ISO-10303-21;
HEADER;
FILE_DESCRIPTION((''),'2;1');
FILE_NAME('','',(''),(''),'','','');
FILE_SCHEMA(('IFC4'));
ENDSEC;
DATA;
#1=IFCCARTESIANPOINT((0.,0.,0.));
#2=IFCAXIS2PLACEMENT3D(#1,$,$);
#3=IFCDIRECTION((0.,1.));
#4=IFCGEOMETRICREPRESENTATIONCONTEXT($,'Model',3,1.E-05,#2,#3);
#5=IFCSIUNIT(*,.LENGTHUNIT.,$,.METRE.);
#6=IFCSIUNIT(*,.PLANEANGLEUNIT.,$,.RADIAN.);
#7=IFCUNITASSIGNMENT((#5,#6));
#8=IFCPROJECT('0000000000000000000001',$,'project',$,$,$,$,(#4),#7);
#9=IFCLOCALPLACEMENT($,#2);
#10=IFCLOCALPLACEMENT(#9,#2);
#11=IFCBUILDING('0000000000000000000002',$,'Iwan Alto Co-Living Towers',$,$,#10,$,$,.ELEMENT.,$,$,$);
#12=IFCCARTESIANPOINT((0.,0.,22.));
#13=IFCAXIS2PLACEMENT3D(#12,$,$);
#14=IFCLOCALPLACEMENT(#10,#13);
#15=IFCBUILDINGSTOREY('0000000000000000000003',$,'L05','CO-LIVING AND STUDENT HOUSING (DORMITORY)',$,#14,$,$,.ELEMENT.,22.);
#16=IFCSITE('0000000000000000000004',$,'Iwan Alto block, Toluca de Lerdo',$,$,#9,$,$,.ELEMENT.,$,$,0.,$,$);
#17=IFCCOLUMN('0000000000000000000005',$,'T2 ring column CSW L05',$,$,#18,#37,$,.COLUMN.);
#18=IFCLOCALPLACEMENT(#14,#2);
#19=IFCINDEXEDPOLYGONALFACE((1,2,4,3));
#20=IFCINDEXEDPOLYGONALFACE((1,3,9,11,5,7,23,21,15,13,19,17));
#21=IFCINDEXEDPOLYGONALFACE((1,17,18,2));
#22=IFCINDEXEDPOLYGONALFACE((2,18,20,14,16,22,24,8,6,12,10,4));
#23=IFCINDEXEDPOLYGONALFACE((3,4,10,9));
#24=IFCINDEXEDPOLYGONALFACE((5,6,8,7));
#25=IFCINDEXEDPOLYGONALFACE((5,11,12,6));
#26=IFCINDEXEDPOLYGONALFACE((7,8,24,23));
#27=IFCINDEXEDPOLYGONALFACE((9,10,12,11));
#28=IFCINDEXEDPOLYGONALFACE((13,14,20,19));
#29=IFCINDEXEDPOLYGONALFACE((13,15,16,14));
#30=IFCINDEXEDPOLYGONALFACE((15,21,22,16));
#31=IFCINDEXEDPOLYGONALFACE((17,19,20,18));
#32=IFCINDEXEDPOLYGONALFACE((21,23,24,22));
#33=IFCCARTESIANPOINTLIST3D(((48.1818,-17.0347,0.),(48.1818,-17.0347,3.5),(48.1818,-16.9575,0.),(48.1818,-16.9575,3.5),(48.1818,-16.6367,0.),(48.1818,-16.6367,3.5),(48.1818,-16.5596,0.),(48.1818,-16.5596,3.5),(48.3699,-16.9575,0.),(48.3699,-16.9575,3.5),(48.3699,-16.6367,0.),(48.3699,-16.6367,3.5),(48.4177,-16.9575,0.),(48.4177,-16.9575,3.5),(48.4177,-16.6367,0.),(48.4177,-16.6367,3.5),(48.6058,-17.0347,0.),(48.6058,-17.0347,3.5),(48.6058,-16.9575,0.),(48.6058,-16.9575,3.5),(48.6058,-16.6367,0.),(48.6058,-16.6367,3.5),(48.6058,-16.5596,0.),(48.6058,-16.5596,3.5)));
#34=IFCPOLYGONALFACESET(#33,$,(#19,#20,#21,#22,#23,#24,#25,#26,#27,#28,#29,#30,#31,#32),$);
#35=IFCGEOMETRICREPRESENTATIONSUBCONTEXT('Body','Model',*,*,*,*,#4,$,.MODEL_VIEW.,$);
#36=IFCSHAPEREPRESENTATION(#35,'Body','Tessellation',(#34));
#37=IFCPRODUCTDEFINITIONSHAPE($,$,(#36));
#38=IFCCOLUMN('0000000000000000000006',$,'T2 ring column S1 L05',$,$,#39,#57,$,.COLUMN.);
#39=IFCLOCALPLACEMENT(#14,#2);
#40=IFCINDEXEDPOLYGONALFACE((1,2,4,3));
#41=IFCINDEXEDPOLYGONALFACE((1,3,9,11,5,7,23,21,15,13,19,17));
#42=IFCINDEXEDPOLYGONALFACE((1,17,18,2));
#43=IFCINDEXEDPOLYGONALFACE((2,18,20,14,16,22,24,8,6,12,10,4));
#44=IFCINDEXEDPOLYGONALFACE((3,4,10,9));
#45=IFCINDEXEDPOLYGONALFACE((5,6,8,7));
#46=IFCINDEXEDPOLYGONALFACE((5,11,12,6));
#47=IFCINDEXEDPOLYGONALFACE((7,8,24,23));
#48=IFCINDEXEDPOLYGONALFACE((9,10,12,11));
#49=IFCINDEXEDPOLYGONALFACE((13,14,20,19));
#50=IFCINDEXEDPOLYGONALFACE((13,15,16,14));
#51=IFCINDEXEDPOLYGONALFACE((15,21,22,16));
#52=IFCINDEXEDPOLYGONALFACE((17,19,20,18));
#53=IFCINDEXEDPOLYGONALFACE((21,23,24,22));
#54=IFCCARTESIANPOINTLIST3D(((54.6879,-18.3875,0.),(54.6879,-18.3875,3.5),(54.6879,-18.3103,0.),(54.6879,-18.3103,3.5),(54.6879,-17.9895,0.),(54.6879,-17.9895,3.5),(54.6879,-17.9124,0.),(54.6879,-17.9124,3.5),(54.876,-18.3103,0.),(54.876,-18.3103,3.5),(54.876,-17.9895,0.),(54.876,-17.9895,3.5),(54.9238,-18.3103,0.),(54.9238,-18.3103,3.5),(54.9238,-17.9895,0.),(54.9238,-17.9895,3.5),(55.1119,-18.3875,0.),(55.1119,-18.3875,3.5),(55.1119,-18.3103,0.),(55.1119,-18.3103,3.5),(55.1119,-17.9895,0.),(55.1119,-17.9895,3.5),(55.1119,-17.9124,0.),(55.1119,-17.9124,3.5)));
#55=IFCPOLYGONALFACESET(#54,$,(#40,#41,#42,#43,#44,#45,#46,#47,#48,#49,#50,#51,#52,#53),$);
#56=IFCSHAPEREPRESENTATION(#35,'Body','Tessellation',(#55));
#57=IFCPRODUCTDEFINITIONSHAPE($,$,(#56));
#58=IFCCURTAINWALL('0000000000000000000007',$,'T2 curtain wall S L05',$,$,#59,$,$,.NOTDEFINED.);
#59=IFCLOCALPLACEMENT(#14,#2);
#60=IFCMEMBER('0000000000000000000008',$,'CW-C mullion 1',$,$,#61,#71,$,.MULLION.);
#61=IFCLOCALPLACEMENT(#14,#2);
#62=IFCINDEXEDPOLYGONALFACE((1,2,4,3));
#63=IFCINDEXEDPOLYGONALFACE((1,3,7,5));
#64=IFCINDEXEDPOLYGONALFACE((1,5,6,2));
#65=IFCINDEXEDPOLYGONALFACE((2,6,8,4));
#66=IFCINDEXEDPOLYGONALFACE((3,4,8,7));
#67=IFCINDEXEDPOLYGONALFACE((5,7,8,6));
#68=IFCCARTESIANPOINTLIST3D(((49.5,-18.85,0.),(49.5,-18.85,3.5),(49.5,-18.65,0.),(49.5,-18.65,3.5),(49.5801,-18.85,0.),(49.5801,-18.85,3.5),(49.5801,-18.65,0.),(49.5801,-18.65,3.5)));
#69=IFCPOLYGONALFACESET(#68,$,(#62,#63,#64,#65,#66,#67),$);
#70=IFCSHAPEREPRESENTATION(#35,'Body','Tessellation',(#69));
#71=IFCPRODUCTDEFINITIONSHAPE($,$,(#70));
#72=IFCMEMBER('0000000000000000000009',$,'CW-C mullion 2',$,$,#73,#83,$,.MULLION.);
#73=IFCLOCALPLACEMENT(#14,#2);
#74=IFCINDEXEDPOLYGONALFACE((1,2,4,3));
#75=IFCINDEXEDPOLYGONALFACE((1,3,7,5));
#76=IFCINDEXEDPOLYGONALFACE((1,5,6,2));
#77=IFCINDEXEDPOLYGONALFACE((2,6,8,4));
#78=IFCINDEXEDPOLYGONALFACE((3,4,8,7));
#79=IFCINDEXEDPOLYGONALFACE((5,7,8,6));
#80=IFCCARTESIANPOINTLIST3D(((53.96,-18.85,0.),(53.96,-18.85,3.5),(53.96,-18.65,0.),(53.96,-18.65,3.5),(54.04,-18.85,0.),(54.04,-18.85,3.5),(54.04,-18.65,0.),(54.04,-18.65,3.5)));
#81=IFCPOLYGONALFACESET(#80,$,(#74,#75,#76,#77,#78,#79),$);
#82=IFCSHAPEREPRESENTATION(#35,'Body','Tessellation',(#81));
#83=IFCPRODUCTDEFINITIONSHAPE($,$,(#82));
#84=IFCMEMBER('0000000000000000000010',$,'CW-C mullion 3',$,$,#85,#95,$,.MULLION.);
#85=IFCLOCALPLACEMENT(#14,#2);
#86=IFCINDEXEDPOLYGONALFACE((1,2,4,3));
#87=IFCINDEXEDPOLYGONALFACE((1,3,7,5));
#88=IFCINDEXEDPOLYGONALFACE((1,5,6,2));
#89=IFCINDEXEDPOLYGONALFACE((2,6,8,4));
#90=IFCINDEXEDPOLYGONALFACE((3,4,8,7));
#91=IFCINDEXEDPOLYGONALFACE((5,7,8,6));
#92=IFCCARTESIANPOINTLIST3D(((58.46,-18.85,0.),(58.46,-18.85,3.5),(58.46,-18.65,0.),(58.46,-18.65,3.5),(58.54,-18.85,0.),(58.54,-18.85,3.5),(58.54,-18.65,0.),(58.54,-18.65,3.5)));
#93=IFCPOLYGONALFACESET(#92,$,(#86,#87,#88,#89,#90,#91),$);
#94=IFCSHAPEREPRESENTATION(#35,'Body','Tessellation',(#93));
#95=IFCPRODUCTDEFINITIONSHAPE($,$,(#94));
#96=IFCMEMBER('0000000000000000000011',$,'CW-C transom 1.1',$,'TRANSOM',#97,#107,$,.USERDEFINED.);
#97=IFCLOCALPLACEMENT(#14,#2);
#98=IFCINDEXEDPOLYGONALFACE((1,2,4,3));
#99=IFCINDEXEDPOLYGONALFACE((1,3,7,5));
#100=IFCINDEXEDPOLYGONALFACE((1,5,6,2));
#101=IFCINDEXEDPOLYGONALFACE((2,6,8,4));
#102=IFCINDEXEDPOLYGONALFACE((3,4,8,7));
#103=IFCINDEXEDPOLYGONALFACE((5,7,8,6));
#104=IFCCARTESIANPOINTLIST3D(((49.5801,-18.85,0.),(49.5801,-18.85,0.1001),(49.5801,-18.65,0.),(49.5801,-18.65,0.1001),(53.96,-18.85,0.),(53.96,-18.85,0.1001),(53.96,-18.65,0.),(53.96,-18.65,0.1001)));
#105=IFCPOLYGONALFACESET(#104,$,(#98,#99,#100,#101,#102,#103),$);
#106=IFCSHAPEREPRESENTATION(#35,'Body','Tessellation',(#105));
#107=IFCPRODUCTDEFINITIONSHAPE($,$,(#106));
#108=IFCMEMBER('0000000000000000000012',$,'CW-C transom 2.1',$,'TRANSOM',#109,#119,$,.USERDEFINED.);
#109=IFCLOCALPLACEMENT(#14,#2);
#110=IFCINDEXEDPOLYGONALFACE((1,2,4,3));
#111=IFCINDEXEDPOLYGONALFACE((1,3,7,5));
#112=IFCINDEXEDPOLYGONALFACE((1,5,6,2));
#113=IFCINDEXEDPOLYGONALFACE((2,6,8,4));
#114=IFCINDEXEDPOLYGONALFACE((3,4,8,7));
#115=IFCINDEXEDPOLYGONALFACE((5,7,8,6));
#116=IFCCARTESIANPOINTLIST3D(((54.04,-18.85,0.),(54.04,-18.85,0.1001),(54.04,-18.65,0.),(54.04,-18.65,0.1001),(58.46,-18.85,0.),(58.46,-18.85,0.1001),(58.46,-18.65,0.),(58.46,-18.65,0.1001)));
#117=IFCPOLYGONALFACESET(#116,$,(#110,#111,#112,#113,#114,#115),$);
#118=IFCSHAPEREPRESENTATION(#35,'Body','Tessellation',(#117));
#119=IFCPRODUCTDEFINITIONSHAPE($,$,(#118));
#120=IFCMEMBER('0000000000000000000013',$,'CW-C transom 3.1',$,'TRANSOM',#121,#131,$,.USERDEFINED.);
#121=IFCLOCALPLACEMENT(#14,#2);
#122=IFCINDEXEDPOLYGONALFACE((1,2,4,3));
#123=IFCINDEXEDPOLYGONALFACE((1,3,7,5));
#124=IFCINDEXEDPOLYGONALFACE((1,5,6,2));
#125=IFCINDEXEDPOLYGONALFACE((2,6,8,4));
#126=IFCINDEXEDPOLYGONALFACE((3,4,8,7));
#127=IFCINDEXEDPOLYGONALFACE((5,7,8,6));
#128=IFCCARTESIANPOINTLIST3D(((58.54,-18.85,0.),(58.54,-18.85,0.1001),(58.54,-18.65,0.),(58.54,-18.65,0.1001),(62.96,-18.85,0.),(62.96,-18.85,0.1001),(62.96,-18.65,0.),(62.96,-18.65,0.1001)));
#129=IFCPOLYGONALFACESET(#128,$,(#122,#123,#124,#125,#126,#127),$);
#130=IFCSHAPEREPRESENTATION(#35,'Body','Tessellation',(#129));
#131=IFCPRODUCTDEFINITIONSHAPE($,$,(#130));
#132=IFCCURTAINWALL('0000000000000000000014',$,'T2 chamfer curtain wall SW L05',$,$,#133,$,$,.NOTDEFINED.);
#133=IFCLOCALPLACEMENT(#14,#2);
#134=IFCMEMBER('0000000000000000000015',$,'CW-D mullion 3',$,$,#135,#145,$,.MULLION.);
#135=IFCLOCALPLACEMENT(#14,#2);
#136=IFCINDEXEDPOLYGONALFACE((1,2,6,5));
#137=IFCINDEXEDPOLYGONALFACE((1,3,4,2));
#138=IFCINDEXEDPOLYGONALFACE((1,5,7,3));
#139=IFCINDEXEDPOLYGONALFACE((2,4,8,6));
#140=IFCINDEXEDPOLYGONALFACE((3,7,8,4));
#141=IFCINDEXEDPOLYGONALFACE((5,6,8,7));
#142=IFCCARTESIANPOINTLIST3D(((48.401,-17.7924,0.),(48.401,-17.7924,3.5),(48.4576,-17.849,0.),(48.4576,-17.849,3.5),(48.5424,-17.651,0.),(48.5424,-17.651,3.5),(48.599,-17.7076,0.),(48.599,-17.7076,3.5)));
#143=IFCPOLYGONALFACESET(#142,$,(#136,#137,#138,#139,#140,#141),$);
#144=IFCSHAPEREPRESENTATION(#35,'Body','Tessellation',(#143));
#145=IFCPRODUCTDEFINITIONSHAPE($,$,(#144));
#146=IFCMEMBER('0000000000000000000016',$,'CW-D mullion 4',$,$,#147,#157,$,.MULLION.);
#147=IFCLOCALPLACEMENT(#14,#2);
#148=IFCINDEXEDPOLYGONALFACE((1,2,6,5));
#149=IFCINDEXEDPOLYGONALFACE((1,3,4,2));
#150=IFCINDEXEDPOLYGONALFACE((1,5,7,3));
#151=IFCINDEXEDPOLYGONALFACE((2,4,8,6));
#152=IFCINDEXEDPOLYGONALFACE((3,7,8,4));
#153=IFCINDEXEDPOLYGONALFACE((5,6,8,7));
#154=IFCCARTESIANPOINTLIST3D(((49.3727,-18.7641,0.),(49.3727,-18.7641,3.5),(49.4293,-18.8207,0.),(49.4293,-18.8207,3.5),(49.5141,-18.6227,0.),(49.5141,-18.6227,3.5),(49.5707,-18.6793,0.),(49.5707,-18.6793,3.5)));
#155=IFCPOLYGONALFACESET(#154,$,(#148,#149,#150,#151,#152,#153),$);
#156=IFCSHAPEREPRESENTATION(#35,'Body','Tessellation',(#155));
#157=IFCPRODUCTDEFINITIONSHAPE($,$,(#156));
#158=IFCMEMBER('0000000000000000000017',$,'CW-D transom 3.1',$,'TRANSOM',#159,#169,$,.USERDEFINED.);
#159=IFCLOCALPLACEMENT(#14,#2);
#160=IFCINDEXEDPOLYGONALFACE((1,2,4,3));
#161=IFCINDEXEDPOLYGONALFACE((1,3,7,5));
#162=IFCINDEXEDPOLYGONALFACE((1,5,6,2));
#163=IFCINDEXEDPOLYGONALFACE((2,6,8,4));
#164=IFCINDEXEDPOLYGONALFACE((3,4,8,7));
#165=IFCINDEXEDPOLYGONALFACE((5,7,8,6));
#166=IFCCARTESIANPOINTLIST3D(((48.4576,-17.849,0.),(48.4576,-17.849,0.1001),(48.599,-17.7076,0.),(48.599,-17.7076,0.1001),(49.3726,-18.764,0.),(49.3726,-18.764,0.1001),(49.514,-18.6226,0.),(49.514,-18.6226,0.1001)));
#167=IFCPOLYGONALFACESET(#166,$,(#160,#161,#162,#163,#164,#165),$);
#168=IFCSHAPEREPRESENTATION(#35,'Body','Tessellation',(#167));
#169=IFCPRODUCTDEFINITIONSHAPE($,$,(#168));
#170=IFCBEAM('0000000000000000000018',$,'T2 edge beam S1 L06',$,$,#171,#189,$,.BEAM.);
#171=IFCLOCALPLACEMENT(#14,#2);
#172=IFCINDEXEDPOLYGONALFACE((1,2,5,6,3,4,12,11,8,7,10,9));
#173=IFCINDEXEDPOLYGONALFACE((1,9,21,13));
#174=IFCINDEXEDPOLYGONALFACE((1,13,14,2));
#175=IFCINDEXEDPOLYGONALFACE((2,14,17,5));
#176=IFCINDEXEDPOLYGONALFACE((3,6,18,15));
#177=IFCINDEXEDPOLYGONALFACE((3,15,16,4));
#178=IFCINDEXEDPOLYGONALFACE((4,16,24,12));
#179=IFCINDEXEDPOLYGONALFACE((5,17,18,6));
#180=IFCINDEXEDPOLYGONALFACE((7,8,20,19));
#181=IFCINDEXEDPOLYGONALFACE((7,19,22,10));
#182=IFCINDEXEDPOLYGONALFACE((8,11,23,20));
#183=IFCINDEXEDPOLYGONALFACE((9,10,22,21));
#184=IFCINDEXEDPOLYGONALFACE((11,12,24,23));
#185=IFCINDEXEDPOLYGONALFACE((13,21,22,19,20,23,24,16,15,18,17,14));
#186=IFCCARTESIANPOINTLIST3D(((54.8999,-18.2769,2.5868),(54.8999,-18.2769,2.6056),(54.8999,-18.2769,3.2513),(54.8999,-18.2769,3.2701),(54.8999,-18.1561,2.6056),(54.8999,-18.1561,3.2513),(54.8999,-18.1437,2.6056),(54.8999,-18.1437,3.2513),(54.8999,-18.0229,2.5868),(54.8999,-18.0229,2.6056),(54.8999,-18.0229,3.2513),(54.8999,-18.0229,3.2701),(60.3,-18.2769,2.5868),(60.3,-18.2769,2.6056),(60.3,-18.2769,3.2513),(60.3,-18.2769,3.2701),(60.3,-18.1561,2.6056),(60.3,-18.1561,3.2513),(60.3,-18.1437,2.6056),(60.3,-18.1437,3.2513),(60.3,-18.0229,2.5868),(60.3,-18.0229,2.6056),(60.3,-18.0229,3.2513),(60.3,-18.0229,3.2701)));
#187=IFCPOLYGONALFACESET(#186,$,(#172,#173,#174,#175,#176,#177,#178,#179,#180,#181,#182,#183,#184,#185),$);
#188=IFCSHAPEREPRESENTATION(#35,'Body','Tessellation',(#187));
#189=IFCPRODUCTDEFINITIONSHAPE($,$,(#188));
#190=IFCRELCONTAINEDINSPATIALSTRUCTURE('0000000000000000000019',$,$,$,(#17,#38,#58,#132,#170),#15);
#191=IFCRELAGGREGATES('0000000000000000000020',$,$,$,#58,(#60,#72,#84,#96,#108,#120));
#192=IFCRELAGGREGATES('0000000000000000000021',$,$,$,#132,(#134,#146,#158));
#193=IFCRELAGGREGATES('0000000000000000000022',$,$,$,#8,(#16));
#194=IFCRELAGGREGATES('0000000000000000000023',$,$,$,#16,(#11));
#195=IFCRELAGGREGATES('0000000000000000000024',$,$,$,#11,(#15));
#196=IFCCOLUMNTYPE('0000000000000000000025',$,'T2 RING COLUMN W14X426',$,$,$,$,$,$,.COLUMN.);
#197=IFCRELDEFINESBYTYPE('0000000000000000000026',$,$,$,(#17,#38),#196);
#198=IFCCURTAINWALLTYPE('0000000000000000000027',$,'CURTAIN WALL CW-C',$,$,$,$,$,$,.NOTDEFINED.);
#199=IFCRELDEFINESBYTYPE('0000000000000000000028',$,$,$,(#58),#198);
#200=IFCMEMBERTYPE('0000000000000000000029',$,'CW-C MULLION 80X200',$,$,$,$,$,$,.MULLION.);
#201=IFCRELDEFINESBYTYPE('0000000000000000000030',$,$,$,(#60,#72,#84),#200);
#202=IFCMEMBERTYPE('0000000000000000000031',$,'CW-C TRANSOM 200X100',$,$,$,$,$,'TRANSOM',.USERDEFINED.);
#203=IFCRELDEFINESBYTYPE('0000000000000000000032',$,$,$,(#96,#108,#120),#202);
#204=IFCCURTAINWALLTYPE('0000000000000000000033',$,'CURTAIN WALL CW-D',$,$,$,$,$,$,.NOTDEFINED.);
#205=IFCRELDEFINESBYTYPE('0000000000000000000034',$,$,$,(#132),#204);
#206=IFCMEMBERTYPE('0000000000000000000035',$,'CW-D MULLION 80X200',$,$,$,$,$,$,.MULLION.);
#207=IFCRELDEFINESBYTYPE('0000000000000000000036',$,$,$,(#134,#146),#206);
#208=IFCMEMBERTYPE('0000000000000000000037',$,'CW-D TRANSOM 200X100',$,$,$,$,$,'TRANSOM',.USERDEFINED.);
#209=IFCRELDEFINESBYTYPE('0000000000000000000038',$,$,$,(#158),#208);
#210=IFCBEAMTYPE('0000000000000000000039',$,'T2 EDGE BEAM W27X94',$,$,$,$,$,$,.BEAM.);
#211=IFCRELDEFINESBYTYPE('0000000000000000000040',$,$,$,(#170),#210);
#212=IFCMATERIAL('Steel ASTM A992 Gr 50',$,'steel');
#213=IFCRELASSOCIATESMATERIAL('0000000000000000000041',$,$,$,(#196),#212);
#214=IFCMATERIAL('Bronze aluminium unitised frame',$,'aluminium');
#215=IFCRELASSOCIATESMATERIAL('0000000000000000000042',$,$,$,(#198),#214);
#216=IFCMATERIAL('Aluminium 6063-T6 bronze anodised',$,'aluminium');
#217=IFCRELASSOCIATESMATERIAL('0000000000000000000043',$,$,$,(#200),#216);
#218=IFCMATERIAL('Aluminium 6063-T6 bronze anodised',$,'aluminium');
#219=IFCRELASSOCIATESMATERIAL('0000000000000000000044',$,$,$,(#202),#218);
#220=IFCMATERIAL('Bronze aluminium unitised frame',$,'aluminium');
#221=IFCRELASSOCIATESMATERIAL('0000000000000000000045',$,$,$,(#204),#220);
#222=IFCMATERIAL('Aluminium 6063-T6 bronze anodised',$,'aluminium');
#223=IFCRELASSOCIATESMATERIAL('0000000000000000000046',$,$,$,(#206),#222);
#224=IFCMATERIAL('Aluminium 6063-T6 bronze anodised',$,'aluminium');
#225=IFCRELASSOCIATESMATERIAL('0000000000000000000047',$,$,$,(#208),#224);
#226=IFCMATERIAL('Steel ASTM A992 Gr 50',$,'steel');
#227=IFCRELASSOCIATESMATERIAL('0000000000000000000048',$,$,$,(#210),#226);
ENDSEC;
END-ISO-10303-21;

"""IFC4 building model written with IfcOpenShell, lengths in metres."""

from ifc_helpers import new_model, si_unit, direction, frame, origin, origin_2d, place, context, subcontext, project, spatial, rectangle, i_section, extrude, material, material_profile, profile_set, type_object, element, aggregate, save


model = new_model("IFC4")

# Units and contexts
model_context = context("Model", 3, precision=1e-05, world=origin(), true_north=direction((0.0, 1.0)))
body_context = subcontext(model_context, "Body", "Model", "MODEL_VIEW")
ifc_project = project(units=[si_unit("LENGTHUNIT", "METRE"), si_unit("PLANEANGLEUNIT", "RADIAN")], contexts=[model_context])

# Site, building, storey
site_placement = place(None, origin())
site = spatial("IfcSite", under=ifc_project, at=site_placement, Name="Iwan Alto block, Toluca de Lerdo", CompositionType="ELEMENT", RefElevation=0.0)
building_placement = place(site_placement, origin())
building = spatial("IfcBuilding", under=site, at=building_placement, Name="Iwan Alto Co-Living Towers", CompositionType="ELEMENT")
storey_placement = place(building_placement, frame((0.0, 0.0, 22.0)))
storey = spatial("IfcBuildingStorey", under=building, at=storey_placement, Name="L05", Description="CO-LIVING AND STUDENT HOUSING (DORMITORY)", CompositionType="ELEMENT", Elevation=22.0)

# Columns
ifc_material_1 = material(Name="Steel ASTM A992 Gr 50", Category="steel")
ifc_material_profile_1 = material_profile(ifc_material_1, i_section(OverallWidth=0.4241, OverallDepth=0.4751, WebThickness=0.0479, FlangeThickness=0.0771, at=origin_2d()), Name="W14X426")
ifc_profile_set_1 = profile_set([ifc_material_profile_1], Name="Steel ASTM A992 Gr 50")
column_type = type_object("IfcColumnType", Name="T2 RING COLUMN W14X426", PredefinedType="COLUMN", material=ifc_profile_set_1)
for number, where, z_axis, x_axis, name in (
    (1, (48.3938, -16.7971, 0.0), (0.0, 0.0, 1.0), (1.0, 0.0, 0.0), "T2 ring column CSW L05"),
    (2, (54.8999, -18.1499, 0.0), (0.0, 0.0, 1.0), (1.0, 0.0, 0.0), "T2 ring column S1 L05"),
):
    element("IfcColumn", number, at=place(storey_placement, frame(where, z_axis=z_axis, x_axis=x_axis)), inside=storey, type_object=column_type, Name=name, PredefinedType="COLUMN", context=body_context, shape_type="SweptSolid", body=[
        extrude(i_section(OverallWidth=0.4241, OverallDepth=0.4751, WebThickness=0.0479, FlangeThickness=0.0771, at=origin_2d()), origin(), (0.0, 0.0, 1.0), 3.5),
    ])

# Curtain walls, members
ifc_material_2 = material(Name="Bronze aluminium unitised frame", Category="aluminium")
curtain_wall_type_1 = type_object("IfcCurtainWallType", Name="CURTAIN WALL CW-C", PredefinedType="NOTDEFINED", material=ifc_material_2)
curtain_wall_1_placement = place(storey_placement, origin())
curtain_wall_1 = element("IfcCurtainWall", 3, at=curtain_wall_1_placement, inside=storey, type_object=curtain_wall_type_1, Name="T2 curtain wall S L05", PredefinedType="NOTDEFINED")
ifc_material_3 = material(Name="Aluminium 6063-T6 bronze anodised", Category="aluminium")
ifc_material_profile_2 = material_profile(ifc_material_3, rectangle(XDim=0.2, YDim=0.0801, at=origin_2d()), Name="AL 80X200")
ifc_profile_set_2 = profile_set([ifc_material_profile_2], Name="Aluminium 6063-T6 bronze anodised")
member_type_1 = type_object("IfcMemberType", Name="CW-C MULLION 80X200", PredefinedType="MULLION", material=ifc_profile_set_2)
member_1_placement = place(storey_placement, frame((49.54, -18.75, 0.0), z_axis=(0.0, 0.0, 1.0), x_axis=(0.0, 1.0, 0.0)))
member_1 = element("IfcMember", 4, at=member_1_placement, type_object=member_type_1, Name="CW-C mullion 1", PredefinedType="MULLION", context=body_context, shape_type="SweptSolid", body=[
    extrude(rectangle(XDim=0.2, YDim=0.0801, at=origin_2d()), origin(), (0.0, 0.0, 1.0), 3.5),
])
member_2_placement = place(storey_placement, frame((54.0, -18.75, 0.0), z_axis=(0.0, 0.0, 1.0), x_axis=(0.0, 1.0, 0.0)))
member_2 = element("IfcMember", 5, at=member_2_placement, type_object=member_type_1, Name="CW-C mullion 2", PredefinedType="MULLION", context=body_context, shape_type="SweptSolid", body=[
    extrude(rectangle(XDim=0.2, YDim=0.0801, at=origin_2d()), origin(), (0.0, 0.0, 1.0), 3.5),
])
member_3_placement = place(storey_placement, frame((58.5, -18.75, 0.0), z_axis=(0.0, 0.0, 1.0), x_axis=(0.0, 1.0, 0.0)))
member_3 = element("IfcMember", 6, at=member_3_placement, type_object=member_type_1, Name="CW-C mullion 3", PredefinedType="MULLION", context=body_context, shape_type="SweptSolid", body=[
    extrude(rectangle(XDim=0.2, YDim=0.0801, at=origin_2d()), origin(), (0.0, 0.0, 1.0), 3.5),
])
ifc_material_4 = material(Name="Aluminium 6063-T6 bronze anodised", Category="aluminium")
ifc_material_profile_3 = material_profile(ifc_material_4, rectangle(XDim=0.2, YDim=0.1001, at=origin_2d()), Name="AL 200X100")
ifc_profile_set_3 = profile_set([ifc_material_profile_3], Name="Aluminium 6063-T6 bronze anodised")
member_type_2 = type_object("IfcMemberType", Name="CW-C TRANSOM 200X100", ElementType="TRANSOM", PredefinedType="USERDEFINED", material=ifc_profile_set_3)
member_4_placement = place(storey_placement, frame((49.5801, -18.75, 0.05), z_axis=(1.0, 0.0, 0.0), x_axis=(0.0, 1.0, 0.0)))
member_4 = element("IfcMember", 7, at=member_4_placement, type_object=member_type_2, Name="CW-C transom 1.1", ObjectType="TRANSOM", PredefinedType="USERDEFINED", context=body_context, shape_type="SweptSolid", body=[
    extrude(rectangle(XDim=0.2, YDim=0.1001, at=origin_2d()), origin(), (0.0, 0.0, 1.0), 4.3799),
])
member_5_placement = place(storey_placement, frame((54.04, -18.75, 0.05), z_axis=(1.0, 0.0, 0.0), x_axis=(0.0, 1.0, 0.0)))
member_5 = element("IfcMember", 8, at=member_5_placement, type_object=member_type_2, Name="CW-C transom 2.1", ObjectType="TRANSOM", PredefinedType="USERDEFINED", context=body_context, shape_type="SweptSolid", body=[
    extrude(rectangle(XDim=0.2, YDim=0.1001, at=origin_2d()), origin(), (0.0, 0.0, 1.0), 4.4199),
])
member_6_placement = place(storey_placement, frame((58.54, -18.75, 0.05), z_axis=(1.0, 0.0, 0.0), x_axis=(0.0, 1.0, 0.0)))
member_6 = element("IfcMember", 9, at=member_6_placement, type_object=member_type_2, Name="CW-C transom 3.1", ObjectType="TRANSOM", PredefinedType="USERDEFINED", context=body_context, shape_type="SweptSolid", body=[
    extrude(rectangle(XDim=0.2, YDim=0.1001, at=origin_2d()), origin(), (0.0, 0.0, 1.0), 4.4199),
])
ifc_material_5 = material(Name="Bronze aluminium unitised frame", Category="aluminium")
curtain_wall_type_2 = type_object("IfcCurtainWallType", Name="CURTAIN WALL CW-D", PredefinedType="NOTDEFINED", material=ifc_material_5)
curtain_wall_2_placement = place(storey_placement, origin())
curtain_wall_2 = element("IfcCurtainWall", 10, at=curtain_wall_2_placement, inside=storey, type_object=curtain_wall_type_2, Name="T2 chamfer curtain wall SW L05", PredefinedType="NOTDEFINED")
ifc_material_6 = material(Name="Aluminium 6063-T6 bronze anodised", Category="aluminium")
ifc_material_profile_4 = material_profile(ifc_material_6, rectangle(XDim=0.2, YDim=0.0801, at=origin_2d()), Name="AL 80X200")
ifc_profile_set_4 = profile_set([ifc_material_profile_4], Name="Aluminium 6063-T6 bronze anodised")
member_type_3 = type_object("IfcMemberType", Name="CW-D MULLION 80X200", PredefinedType="MULLION", material=ifc_profile_set_4)
member_7_placement = place(storey_placement, frame((48.5, -17.75, 0.0), z_axis=(0.0, 0.0, 1.0), x_axis=(0.707107, 0.707107, 0.0)))
member_7 = element("IfcMember", 11, at=member_7_placement, type_object=member_type_3, Name="CW-D mullion 3", PredefinedType="MULLION", context=body_context, shape_type="SweptSolid", body=[
    extrude(rectangle(XDim=0.2, YDim=0.0801, at=origin_2d()), origin(), (0.0, 0.0, 1.0), 3.5),
])
member_8_placement = place(storey_placement, frame((49.4717, -18.7217, 0.0), z_axis=(0.0, 0.0, 1.0), x_axis=(0.707107, 0.707107, 0.0)))
member_8 = element("IfcMember", 12, at=member_8_placement, type_object=member_type_3, Name="CW-D mullion 4", PredefinedType="MULLION", context=body_context, shape_type="SweptSolid", body=[
    extrude(rectangle(XDim=0.2, YDim=0.0801, at=origin_2d()), origin(), (0.0, 0.0, 1.0), 3.5),
])
ifc_material_7 = material(Name="Aluminium 6063-T6 bronze anodised", Category="aluminium")
ifc_material_profile_5 = material_profile(ifc_material_7, rectangle(XDim=0.2, YDim=0.1001, at=origin_2d()), Name="AL 200X100")
ifc_profile_set_5 = profile_set([ifc_material_profile_5], Name="Aluminium 6063-T6 bronze anodised")
member_type_4 = type_object("IfcMemberType", Name="CW-D TRANSOM 200X100", ElementType="TRANSOM", PredefinedType="USERDEFINED", material=ifc_profile_set_5)
member_9_placement = place(storey_placement, frame((48.5283, -17.7783, 0.05), z_axis=(0.707107, -0.707107, 0.0), x_axis=(0.707107, 0.707107, 0.0)))
member_9 = element("IfcMember", 13, at=member_9_placement, type_object=member_type_4, Name="CW-D transom 3.1", ObjectType="TRANSOM", PredefinedType="USERDEFINED", context=body_context, shape_type="SweptSolid", body=[
    extrude(rectangle(XDim=0.2, YDim=0.1001, at=origin_2d()), origin(), (0.0, 0.0, 1.0), 1.2939),
])

# Beam
ifc_material_8 = material(Name="Steel ASTM A992 Gr 50", Category="steel")
ifc_material_profile_6 = material_profile(ifc_material_8, i_section(OverallWidth=0.2539, OverallDepth=0.6833, WebThickness=0.0125, FlangeThickness=0.0188, at=origin_2d()), Name="W27X94")
ifc_profile_set_6 = profile_set([ifc_material_profile_6], Name="Steel ASTM A992 Gr 50")
beam_type_1 = type_object("IfcBeamType", Name="T2 EDGE BEAM W27X94", PredefinedType="BEAM", material=ifc_profile_set_6)
beam_1_placement = place(storey_placement, frame((54.8999, -18.1499, 2.9285), z_axis=(1.0, 0.0, 0.0), x_axis=(0.0, 1.0, 0.0)))
element("IfcBeam", 14, at=beam_1_placement, inside=storey, type_object=beam_type_1, Name="T2 edge beam S1 L06", PredefinedType="BEAM", context=body_context, shape_type="SweptSolid", body=[
    extrude(i_section(OverallWidth=0.2539, OverallDepth=0.6833, WebThickness=0.0125, FlangeThickness=0.0188, at=origin_2d()), origin(), (0.0, 0.0, 1.0), 5.4001),
])

aggregate(curtain_wall_1, [member_1, member_2, member_3, member_4, member_5, member_6])
aggregate(curtain_wall_2, [member_7, member_8, member_9])

save(model, "model.ifc")
